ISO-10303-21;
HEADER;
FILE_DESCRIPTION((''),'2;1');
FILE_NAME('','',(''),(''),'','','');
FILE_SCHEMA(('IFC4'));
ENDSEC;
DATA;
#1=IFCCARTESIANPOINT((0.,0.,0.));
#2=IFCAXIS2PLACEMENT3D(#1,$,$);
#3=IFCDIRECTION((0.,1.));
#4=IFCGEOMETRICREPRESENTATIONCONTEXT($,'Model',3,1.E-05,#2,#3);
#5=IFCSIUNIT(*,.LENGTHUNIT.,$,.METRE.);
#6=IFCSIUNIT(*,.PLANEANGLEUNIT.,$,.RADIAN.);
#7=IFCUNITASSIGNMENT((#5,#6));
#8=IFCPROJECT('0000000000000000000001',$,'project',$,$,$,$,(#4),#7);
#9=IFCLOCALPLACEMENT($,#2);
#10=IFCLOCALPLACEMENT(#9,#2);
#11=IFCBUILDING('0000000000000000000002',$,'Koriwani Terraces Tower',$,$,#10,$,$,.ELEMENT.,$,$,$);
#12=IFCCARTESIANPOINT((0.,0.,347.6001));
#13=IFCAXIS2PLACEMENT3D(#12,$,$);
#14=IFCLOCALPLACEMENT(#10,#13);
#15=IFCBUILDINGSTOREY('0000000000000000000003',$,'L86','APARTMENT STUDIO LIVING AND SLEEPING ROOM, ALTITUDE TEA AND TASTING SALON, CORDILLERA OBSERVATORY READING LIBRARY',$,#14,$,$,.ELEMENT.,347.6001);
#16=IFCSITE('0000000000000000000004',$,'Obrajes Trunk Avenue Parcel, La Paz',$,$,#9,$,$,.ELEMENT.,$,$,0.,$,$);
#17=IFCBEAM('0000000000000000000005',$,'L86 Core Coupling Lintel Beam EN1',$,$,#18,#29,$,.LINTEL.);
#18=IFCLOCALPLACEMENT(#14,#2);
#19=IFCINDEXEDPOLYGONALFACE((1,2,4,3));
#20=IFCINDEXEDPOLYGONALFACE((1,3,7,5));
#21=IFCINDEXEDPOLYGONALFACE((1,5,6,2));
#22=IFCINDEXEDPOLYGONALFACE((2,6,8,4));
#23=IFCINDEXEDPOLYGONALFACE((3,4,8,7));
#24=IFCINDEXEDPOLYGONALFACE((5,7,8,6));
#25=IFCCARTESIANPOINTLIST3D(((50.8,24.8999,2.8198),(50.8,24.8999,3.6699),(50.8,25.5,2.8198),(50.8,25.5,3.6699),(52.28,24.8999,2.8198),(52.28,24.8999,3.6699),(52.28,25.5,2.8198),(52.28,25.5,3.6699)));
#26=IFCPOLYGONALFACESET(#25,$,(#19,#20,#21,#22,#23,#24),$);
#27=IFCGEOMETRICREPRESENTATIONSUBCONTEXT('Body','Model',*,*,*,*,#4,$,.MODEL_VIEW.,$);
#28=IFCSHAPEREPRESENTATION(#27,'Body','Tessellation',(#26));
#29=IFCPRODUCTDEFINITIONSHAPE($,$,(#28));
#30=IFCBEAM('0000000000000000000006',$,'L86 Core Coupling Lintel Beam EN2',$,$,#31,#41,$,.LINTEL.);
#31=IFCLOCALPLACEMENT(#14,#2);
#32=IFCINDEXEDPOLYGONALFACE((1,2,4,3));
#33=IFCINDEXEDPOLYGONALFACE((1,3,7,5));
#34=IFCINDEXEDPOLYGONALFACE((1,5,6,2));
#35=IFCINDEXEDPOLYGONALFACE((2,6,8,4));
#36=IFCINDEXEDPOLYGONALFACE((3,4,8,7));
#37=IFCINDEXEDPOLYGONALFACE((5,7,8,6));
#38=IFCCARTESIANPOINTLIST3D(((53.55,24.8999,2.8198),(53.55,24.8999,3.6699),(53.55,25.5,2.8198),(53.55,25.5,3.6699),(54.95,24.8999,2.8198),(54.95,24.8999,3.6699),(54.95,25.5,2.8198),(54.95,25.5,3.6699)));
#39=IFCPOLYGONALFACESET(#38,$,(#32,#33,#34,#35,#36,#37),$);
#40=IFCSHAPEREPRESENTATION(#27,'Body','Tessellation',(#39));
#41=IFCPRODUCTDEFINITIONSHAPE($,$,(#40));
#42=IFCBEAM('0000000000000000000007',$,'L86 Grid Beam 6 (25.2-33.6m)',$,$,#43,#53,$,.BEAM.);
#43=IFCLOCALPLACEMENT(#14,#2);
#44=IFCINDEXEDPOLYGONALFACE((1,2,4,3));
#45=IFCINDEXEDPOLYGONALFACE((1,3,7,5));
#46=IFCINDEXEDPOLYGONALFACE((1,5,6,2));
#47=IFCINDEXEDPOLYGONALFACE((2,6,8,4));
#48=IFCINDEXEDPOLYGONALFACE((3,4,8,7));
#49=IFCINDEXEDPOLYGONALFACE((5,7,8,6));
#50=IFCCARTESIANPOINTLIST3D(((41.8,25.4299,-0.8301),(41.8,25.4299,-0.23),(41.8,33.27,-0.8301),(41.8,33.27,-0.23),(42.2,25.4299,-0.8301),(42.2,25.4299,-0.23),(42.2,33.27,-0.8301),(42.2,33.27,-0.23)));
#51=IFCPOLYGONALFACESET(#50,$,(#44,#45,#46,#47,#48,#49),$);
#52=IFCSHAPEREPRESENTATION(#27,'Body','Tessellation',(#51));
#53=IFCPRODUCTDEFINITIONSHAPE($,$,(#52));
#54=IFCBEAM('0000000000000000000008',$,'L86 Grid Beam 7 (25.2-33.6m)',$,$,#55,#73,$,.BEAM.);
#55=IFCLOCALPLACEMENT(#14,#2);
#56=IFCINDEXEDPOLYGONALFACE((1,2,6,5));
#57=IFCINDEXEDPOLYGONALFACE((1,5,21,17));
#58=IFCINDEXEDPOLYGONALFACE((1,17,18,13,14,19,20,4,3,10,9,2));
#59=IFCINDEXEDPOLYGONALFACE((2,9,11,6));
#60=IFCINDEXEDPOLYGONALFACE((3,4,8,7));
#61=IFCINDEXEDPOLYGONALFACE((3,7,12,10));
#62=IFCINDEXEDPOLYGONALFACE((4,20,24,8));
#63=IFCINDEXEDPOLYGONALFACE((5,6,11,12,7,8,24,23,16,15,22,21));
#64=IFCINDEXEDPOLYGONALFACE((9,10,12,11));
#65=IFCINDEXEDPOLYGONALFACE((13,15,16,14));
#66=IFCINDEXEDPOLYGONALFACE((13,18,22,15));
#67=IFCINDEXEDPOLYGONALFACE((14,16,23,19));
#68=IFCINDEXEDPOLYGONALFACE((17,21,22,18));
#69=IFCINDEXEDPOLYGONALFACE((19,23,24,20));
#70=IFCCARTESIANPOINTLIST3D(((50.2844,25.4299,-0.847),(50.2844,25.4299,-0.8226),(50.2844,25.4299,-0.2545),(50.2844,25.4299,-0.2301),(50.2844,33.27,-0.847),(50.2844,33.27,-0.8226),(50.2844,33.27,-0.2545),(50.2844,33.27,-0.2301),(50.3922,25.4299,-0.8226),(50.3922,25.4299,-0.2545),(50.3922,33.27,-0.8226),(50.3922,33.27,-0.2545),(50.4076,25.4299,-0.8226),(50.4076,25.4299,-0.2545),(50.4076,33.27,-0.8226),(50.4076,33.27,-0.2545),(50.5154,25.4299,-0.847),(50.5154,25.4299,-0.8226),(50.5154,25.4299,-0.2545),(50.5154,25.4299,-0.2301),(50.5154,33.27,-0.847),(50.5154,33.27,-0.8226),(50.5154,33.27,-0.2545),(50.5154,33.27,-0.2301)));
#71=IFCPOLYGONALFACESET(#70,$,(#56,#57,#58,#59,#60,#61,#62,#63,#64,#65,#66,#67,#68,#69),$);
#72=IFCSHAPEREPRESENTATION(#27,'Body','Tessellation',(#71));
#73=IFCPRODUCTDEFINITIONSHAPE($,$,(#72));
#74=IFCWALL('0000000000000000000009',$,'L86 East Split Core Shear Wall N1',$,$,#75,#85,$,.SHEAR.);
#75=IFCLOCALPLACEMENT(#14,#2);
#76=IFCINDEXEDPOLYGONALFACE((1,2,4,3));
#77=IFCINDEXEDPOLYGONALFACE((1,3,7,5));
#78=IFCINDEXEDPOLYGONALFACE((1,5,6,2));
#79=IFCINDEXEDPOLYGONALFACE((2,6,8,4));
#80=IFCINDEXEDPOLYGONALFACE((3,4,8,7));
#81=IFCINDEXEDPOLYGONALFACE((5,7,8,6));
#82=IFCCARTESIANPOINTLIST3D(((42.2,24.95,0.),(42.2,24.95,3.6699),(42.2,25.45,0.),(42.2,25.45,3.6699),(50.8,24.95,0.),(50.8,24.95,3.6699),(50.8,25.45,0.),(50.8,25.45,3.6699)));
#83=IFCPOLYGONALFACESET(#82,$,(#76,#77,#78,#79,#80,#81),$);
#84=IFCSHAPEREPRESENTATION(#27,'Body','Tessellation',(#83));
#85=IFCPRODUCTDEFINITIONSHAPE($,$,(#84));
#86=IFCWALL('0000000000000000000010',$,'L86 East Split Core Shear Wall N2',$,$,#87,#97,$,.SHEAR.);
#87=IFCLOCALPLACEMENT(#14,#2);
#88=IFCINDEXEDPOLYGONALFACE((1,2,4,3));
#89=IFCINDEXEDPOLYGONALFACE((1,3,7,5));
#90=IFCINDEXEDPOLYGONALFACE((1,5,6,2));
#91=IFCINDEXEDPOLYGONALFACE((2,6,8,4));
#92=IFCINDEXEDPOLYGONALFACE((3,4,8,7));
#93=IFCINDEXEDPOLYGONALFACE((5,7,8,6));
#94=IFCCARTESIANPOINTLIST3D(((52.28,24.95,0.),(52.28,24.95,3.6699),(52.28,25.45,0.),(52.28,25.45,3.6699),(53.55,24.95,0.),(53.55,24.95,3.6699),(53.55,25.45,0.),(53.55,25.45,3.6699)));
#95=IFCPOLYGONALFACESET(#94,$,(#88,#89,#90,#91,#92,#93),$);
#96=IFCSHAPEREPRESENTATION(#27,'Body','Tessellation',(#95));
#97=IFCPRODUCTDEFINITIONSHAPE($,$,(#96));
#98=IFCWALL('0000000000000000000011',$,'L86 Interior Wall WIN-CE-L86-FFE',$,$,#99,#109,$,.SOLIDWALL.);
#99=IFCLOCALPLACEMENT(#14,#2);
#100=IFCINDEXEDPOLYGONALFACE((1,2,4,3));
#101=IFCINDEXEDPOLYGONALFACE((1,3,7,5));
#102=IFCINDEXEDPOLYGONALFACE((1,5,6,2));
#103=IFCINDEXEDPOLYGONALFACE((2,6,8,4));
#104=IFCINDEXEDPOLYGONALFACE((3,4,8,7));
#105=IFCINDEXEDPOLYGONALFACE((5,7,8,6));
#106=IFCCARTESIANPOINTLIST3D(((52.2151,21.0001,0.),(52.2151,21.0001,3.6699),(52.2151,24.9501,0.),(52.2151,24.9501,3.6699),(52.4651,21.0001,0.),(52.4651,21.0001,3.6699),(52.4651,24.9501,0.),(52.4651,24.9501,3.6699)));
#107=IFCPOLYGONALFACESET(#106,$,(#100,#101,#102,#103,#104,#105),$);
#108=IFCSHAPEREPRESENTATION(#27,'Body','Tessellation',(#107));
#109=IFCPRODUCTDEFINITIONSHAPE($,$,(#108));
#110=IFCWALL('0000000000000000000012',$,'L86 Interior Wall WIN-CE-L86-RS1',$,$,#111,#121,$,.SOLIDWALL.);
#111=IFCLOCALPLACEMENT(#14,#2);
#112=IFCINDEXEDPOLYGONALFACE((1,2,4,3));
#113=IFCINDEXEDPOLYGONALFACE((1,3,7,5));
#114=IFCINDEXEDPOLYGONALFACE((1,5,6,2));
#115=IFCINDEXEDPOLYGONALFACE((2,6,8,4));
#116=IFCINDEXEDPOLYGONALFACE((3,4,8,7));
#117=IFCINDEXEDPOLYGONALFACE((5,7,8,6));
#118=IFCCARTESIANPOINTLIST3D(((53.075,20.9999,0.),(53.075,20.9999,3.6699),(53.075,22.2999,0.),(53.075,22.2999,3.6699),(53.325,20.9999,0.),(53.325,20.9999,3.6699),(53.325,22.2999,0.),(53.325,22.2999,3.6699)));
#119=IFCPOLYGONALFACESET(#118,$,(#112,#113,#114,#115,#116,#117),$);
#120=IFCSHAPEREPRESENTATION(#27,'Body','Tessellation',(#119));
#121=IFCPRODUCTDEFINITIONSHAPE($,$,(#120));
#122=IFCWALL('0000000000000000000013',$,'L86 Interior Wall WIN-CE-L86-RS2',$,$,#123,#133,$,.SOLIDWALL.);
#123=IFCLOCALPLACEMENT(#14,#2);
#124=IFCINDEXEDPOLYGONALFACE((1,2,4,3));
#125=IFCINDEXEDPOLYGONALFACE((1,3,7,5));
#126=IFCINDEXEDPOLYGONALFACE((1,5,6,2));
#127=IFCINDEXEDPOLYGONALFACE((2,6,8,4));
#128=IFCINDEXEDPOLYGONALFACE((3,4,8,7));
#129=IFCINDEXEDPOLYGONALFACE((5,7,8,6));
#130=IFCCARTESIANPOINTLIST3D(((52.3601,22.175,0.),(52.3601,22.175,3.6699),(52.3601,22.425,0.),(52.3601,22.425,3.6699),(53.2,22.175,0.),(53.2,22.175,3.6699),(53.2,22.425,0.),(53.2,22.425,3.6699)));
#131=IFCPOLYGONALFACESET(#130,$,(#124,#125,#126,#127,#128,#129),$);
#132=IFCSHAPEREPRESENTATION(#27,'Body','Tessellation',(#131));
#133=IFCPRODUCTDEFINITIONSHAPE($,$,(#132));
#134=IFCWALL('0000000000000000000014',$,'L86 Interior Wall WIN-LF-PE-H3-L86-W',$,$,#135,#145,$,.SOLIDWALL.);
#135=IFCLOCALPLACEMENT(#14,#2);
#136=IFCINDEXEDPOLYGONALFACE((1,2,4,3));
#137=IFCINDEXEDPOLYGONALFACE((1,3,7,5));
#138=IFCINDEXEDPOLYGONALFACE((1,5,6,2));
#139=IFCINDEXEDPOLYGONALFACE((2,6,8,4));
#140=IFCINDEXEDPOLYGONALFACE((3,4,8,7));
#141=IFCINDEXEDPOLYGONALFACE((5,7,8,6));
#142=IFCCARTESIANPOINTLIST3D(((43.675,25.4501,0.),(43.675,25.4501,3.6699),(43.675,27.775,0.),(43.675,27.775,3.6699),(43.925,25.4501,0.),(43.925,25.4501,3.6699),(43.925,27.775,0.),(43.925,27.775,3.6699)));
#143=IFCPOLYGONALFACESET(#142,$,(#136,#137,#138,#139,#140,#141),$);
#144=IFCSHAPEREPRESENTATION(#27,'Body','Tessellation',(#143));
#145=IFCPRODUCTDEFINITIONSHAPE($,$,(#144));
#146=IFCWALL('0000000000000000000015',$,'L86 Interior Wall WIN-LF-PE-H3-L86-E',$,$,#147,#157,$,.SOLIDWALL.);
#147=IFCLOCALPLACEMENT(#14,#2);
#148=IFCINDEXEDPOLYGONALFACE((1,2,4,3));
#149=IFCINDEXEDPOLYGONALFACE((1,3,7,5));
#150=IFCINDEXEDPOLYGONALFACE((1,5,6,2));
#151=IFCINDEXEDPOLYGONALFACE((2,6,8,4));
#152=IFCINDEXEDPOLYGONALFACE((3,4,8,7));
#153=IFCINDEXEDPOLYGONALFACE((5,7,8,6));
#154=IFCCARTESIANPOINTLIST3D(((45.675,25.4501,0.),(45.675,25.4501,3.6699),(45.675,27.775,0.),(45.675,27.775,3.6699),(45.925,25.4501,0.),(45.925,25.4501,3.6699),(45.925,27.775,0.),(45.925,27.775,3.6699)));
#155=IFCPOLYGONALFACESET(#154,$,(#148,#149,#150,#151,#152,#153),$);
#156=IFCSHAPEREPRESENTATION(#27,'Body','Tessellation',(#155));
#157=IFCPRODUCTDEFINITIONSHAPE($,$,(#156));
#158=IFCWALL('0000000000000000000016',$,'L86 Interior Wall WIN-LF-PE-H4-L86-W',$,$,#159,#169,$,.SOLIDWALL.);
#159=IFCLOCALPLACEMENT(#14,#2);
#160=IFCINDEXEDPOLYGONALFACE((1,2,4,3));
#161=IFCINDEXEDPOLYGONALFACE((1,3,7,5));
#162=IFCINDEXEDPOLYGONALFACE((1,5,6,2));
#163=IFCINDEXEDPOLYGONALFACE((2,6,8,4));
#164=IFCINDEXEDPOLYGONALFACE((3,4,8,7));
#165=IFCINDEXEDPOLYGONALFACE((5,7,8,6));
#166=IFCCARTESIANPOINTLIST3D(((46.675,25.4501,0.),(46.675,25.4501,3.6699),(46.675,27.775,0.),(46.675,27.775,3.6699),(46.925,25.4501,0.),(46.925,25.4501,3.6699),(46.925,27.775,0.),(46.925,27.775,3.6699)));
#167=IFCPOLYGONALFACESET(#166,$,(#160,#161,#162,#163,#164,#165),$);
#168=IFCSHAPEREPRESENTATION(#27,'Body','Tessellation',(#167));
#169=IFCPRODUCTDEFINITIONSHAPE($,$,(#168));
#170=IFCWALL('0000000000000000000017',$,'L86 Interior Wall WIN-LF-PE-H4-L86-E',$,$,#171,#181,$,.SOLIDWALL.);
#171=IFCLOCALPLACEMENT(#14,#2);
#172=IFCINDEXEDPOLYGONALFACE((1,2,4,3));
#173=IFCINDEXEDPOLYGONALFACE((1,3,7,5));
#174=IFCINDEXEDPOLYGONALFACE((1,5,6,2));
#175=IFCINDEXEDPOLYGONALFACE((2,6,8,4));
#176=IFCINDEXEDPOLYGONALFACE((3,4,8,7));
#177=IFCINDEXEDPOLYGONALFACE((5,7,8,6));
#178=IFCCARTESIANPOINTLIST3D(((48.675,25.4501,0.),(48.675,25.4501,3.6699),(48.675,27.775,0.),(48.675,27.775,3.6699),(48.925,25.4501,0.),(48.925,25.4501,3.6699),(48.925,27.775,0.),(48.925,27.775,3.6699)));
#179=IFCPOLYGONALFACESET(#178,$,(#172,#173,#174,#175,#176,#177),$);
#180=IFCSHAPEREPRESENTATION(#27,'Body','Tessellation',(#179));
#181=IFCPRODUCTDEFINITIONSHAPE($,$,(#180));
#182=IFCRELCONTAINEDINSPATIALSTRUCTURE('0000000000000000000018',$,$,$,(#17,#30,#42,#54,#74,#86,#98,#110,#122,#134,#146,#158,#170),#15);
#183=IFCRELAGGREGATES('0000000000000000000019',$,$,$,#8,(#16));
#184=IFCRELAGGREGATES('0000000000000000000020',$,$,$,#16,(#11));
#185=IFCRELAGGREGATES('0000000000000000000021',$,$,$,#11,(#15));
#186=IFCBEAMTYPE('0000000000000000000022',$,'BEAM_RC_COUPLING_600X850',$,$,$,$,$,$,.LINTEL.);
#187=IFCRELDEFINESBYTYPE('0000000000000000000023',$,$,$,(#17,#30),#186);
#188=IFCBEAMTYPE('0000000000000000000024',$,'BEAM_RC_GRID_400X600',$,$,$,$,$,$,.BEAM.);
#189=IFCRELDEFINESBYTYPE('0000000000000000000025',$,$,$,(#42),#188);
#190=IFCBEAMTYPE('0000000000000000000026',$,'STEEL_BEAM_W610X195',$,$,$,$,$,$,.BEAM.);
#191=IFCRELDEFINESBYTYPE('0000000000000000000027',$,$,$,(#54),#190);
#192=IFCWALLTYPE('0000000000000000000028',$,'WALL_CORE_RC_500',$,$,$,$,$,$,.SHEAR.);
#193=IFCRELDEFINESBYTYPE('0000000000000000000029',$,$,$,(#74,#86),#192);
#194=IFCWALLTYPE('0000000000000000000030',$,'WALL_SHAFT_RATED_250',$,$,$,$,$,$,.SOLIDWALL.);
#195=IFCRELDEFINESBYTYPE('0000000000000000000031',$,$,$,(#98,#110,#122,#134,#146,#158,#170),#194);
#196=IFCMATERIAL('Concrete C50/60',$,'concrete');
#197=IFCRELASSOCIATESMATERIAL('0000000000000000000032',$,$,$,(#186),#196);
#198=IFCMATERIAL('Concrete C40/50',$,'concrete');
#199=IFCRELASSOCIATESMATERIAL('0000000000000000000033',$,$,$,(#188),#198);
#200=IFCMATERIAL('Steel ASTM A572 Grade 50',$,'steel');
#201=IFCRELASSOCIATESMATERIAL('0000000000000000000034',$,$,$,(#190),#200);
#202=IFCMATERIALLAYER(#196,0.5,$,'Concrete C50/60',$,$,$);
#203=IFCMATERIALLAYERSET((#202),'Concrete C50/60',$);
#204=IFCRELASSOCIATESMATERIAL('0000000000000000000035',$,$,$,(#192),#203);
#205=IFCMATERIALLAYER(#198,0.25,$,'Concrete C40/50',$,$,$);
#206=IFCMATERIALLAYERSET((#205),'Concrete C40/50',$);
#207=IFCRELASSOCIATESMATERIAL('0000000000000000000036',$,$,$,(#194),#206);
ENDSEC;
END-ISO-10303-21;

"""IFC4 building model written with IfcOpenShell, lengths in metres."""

from ifc_helpers import new_model, si_unit, direction, frame, frame_2d, origin, origin_2d, place, context, subcontext, project, spatial, rectangle, i_section, extrude, material, layer, layer_set, material_profile, profile_set, type_object, element, save


model = new_model("IFC4")

# Units and contexts
model_context = context("Model", 3, precision=1e-05, world=origin(), true_north=direction((0.0, 1.0)))
body_context = subcontext(model_context, "Body", "Model", "MODEL_VIEW")
ifc_project = project(units=[si_unit("LENGTHUNIT", "METRE"), si_unit("PLANEANGLEUNIT", "RADIAN")], contexts=[model_context])

# Site, building, storey
site_placement = place(None, origin())
site = spatial("IfcSite", under=ifc_project, at=site_placement, Name="Obrajes Trunk Avenue Parcel, La Paz", CompositionType="ELEMENT", RefElevation=0.0)
building_placement = place(site_placement, origin())
building = spatial("IfcBuilding", under=site, at=building_placement, Name="Koriwani Terraces Tower", CompositionType="ELEMENT")
storey_placement = place(building_placement, frame((0.0, 0.0, 347.6001)))
storey = spatial("IfcBuildingStorey", under=building, at=storey_placement, Name="L86", Description="APARTMENT STUDIO LIVING AND SLEEPING ROOM, ALTITUDE TEA AND TASTING SALON, CORDILLERA OBSERVATORY READING LIBRARY", CompositionType="ELEMENT", Elevation=347.6001)

# Beams
ifc_material_1 = material(Name="Concrete C50/60", Category="concrete")
ifc_material_profile_1 = material_profile(ifc_material_1, rectangle(XDim=0.6001, YDim=0.8501, at=origin_2d()), Name="Concrete C50/60", Category="LoadBearing")
ifc_profile_set_1 = profile_set([ifc_material_profile_1], Name="Concrete C50/60")
beam_type_1 = type_object("IfcBeamType", Name="BEAM_RC_COUPLING_600X850", PredefinedType="LINTEL", material=ifc_profile_set_1)
beam_1_placement = place(storey_placement, frame((50.8, 25.2, 3.2449), z_axis=(1.0, 0.0, 0.0), x_axis=(0.0, 1.0, 0.0)))
element("IfcBeam", 1, at=beam_1_placement, inside=storey, type_object=beam_type_1, Name="L86 Core Coupling Lintel Beam EN1", PredefinedType="LINTEL", context=body_context, shape_type="SweptSolid", body=[
    extrude(rectangle(XDim=0.6001, YDim=0.8501, at=origin_2d()), origin(), (0.0, 0.0, 1.0), 1.48),
])
beam_2_placement = place(storey_placement, frame((53.55, 25.2, 3.2449), z_axis=(1.0, 0.0, 0.0), x_axis=(0.0, 1.0, 0.0)))
element("IfcBeam", 2, at=beam_2_placement, inside=storey, type_object=beam_type_1, Name="L86 Core Coupling Lintel Beam EN2", PredefinedType="LINTEL", context=body_context, shape_type="SweptSolid", body=[
    extrude(rectangle(XDim=0.6001, YDim=0.8501, at=origin_2d()), origin(), (0.0, 0.0, 1.0), 1.3999),
])
ifc_material_2 = material(Name="Concrete C40/50", Category="concrete")
ifc_material_profile_2 = material_profile(ifc_material_2, rectangle(XDim=0.3999, YDim=0.6001, at=origin_2d()), Name="Concrete C40/50", Category="LoadBearing")
ifc_profile_set_2 = profile_set([ifc_material_profile_2], Name="Concrete C40/50")
beam_type_2 = type_object("IfcBeamType", Name="BEAM_RC_GRID_400X600", PredefinedType="BEAM", material=ifc_profile_set_2)
beam_3_placement = place(storey_placement, frame((42.0, 25.4299, -0.53), z_axis=(0.0, 1.0, 0.0), x_axis=(-1.0, 0.0, 0.0)))
element("IfcBeam", 3, at=beam_3_placement, inside=storey, type_object=beam_type_2, Name="L86 Grid Beam 6 (25.2-33.6m)", PredefinedType="BEAM", context=body_context, shape_type="SweptSolid", body=[
    extrude(rectangle(XDim=0.3999, YDim=0.6001, at=origin_2d()), origin(), (0.0, 0.0, 1.0), 7.8401),
])
ifc_material_3 = material(Name="Steel ASTM A572 Grade 50", Category="steel")
ifc_material_profile_3 = material_profile(ifc_material_3, i_section(OverallWidth=0.231, OverallDepth=0.6169, WebThickness=0.0154, FlangeThickness=0.0244, at=origin_2d()), Name="Steel ASTM A572 Grade 50", Category="LoadBearing")
ifc_profile_set_3 = profile_set([ifc_material_profile_3], Name="Steel ASTM A572 Grade 50")
beam_type_3 = type_object("IfcBeamType", Name="STEEL_BEAM_W610X195", PredefinedType="BEAM", material=ifc_profile_set_3)
beam_4_placement = place(storey_placement, frame((50.3999, 25.4299, -0.5386), z_axis=(0.0, 1.0, 0.0), x_axis=(-1.0, 0.0, 0.0)))
element("IfcBeam", 4, at=beam_4_placement, inside=storey, type_object=beam_type_3, Name="L86 Grid Beam 7 (25.2-33.6m)", PredefinedType="BEAM", context=body_context, shape_type="SweptSolid", body=[
    extrude(i_section(OverallWidth=0.231, OverallDepth=0.6169, WebThickness=0.0154, FlangeThickness=0.0244, at=origin_2d()), origin(), (0.0, 0.0, 1.0), 7.8401),
])

# Walls
ifc_layer_1 = layer(ifc_material_1, 0.5, Name="Concrete C50/60")
ifc_layer_set_1 = layer_set([ifc_layer_1], Name="Concrete C50/60")
wall_type_1 = type_object("IfcWallType", Name="WALL_CORE_RC_500", PredefinedType="SHEAR", material=ifc_layer_set_1)
wall_1_placement = place(storey_placement, frame((42.2, 25.2, 0.0), z_axis=(0.0, 0.0, 1.0), x_axis=(1.0, 0.0, 0.0)))
element("IfcWall", 5, at=wall_1_placement, inside=storey, type_object=wall_type_1, Name="L86 East Split Core Shear Wall N1", PredefinedType="SHEAR", context=body_context, shape_type="SweptSolid", body=[
    extrude(rectangle(XDim=8.6001, YDim=0.5, at=frame_2d((4.3, 0.0))), origin(), (0.0, 0.0, 1.0), 3.6699),
])
wall_2_placement = place(storey_placement, frame((52.28, 25.2, 0.0), z_axis=(0.0, 0.0, 1.0), x_axis=(1.0, 0.0, 0.0)))
element("IfcWall", 6, at=wall_2_placement, inside=storey, type_object=wall_type_1, Name="L86 East Split Core Shear Wall N2", PredefinedType="SHEAR", context=body_context, shape_type="SweptSolid", body=[
    extrude(rectangle(XDim=1.27, YDim=0.5, at=frame_2d((0.635, 0.0))), origin(), (0.0, 0.0, 1.0), 3.6699),
])

# Shared definitions
ifc_layer_2 = layer(ifc_material_2, 0.25, Name="Concrete C40/50")
ifc_layer_set_2 = layer_set([ifc_layer_2], Name="Concrete C40/50")
wall_type_2 = type_object("IfcWallType", Name="WALL_SHAFT_RATED_250", PredefinedType="SOLIDWALL", material=ifc_layer_set_2)

# Wall
wall_3_placement = place(storey_placement, frame((52.3401, 21.0, 0.0), z_axis=(0.0, 0.0, 1.0), x_axis=(0.0, 1.0, 0.0)))
element("IfcWall", 7, at=wall_3_placement, inside=storey, type_object=wall_type_2, Name="L86 Interior Wall WIN-CE-L86-FFE", PredefinedType="SOLIDWALL", context=body_context, shape_type="SweptSolid", body=[
    extrude(rectangle(XDim=3.95, YDim=0.25, at=frame_2d((1.9751, 0.0))), origin(), (0.0, 0.0, 1.0), 3.6699),
])

# Walls
wall_4_placement = place(storey_placement, frame((53.2, 21.0, 0.0), z_axis=(0.0, 0.0, 1.0), x_axis=(0.0, 1.0, 0.0)))
element("IfcWall", 8, at=wall_4_placement, inside=storey, type_object=wall_type_2, Name="L86 Interior Wall WIN-CE-L86-RS1", PredefinedType="SOLIDWALL", context=body_context, shape_type="SweptSolid", body=[
    extrude(rectangle(XDim=1.3, YDim=0.25, at=frame_2d((0.6499, 0.0))), origin(), (0.0, 0.0, 1.0), 3.6699),
])
wall_5_placement = place(storey_placement, frame((52.3601, 22.3, 0.0), z_axis=(0.0, 0.0, 1.0), x_axis=(1.0, 0.0, 0.0)))
element("IfcWall", 9, at=wall_5_placement, inside=storey, type_object=wall_type_2, Name="L86 Interior Wall WIN-CE-L86-RS2", PredefinedType="SOLIDWALL", context=body_context, shape_type="SweptSolid", body=[
    extrude(rectangle(XDim=0.8398, YDim=0.25, at=frame_2d((0.4199, 0.0))), origin(), (0.0, 0.0, 1.0), 3.6699),
])

# Walls
for number, where, z_axis, x_axis, name in (
    (10, (43.8, 25.45, 0.0), (0.0, 0.0, 1.0), (0.0, 1.0, 0.0), "L86 Interior Wall WIN-LF-PE-H3-L86-W"),
    (11, (45.8, 25.45, 0.0), (0.0, 0.0, 1.0), (0.0, 1.0, 0.0), "L86 Interior Wall WIN-LF-PE-H3-L86-E"),
):
    element("IfcWall", number, at=place(storey_placement, frame(where, z_axis=z_axis, x_axis=x_axis)), inside=storey, type_object=wall_type_2, Name=name, PredefinedType="SOLIDWALL", context=body_context, shape_type="SweptSolid", body=[
        extrude(rectangle(XDim=2.325, YDim=0.25, at=frame_2d((1.1626, 0.0))), origin(), (0.0, 0.0, 1.0), 3.6699),
    ])

# Walls
for number, where, z_axis, x_axis, name in (
    (12, (46.8, 25.45, 0.0), (0.0, 0.0, 1.0), (0.0, 1.0, 0.0), "L86 Interior Wall WIN-LF-PE-H4-L86-W"),
    (13, (48.8, 25.45, 0.0), (0.0, 0.0, 1.0), (0.0, 1.0, 0.0), "L86 Interior Wall WIN-LF-PE-H4-L86-E"),
):
    element("IfcWall", number, at=place(storey_placement, frame(where, z_axis=z_axis, x_axis=x_axis)), inside=storey, type_object=wall_type_2, Name=name, PredefinedType="SOLIDWALL", context=body_context, shape_type="SweptSolid", body=[
        extrude(rectangle(XDim=2.325, YDim=0.25, at=frame_2d((1.1626, 0.0))), origin(), (0.0, 0.0, 1.0), 3.6699),
    ])

save(model, "model.ifc")
